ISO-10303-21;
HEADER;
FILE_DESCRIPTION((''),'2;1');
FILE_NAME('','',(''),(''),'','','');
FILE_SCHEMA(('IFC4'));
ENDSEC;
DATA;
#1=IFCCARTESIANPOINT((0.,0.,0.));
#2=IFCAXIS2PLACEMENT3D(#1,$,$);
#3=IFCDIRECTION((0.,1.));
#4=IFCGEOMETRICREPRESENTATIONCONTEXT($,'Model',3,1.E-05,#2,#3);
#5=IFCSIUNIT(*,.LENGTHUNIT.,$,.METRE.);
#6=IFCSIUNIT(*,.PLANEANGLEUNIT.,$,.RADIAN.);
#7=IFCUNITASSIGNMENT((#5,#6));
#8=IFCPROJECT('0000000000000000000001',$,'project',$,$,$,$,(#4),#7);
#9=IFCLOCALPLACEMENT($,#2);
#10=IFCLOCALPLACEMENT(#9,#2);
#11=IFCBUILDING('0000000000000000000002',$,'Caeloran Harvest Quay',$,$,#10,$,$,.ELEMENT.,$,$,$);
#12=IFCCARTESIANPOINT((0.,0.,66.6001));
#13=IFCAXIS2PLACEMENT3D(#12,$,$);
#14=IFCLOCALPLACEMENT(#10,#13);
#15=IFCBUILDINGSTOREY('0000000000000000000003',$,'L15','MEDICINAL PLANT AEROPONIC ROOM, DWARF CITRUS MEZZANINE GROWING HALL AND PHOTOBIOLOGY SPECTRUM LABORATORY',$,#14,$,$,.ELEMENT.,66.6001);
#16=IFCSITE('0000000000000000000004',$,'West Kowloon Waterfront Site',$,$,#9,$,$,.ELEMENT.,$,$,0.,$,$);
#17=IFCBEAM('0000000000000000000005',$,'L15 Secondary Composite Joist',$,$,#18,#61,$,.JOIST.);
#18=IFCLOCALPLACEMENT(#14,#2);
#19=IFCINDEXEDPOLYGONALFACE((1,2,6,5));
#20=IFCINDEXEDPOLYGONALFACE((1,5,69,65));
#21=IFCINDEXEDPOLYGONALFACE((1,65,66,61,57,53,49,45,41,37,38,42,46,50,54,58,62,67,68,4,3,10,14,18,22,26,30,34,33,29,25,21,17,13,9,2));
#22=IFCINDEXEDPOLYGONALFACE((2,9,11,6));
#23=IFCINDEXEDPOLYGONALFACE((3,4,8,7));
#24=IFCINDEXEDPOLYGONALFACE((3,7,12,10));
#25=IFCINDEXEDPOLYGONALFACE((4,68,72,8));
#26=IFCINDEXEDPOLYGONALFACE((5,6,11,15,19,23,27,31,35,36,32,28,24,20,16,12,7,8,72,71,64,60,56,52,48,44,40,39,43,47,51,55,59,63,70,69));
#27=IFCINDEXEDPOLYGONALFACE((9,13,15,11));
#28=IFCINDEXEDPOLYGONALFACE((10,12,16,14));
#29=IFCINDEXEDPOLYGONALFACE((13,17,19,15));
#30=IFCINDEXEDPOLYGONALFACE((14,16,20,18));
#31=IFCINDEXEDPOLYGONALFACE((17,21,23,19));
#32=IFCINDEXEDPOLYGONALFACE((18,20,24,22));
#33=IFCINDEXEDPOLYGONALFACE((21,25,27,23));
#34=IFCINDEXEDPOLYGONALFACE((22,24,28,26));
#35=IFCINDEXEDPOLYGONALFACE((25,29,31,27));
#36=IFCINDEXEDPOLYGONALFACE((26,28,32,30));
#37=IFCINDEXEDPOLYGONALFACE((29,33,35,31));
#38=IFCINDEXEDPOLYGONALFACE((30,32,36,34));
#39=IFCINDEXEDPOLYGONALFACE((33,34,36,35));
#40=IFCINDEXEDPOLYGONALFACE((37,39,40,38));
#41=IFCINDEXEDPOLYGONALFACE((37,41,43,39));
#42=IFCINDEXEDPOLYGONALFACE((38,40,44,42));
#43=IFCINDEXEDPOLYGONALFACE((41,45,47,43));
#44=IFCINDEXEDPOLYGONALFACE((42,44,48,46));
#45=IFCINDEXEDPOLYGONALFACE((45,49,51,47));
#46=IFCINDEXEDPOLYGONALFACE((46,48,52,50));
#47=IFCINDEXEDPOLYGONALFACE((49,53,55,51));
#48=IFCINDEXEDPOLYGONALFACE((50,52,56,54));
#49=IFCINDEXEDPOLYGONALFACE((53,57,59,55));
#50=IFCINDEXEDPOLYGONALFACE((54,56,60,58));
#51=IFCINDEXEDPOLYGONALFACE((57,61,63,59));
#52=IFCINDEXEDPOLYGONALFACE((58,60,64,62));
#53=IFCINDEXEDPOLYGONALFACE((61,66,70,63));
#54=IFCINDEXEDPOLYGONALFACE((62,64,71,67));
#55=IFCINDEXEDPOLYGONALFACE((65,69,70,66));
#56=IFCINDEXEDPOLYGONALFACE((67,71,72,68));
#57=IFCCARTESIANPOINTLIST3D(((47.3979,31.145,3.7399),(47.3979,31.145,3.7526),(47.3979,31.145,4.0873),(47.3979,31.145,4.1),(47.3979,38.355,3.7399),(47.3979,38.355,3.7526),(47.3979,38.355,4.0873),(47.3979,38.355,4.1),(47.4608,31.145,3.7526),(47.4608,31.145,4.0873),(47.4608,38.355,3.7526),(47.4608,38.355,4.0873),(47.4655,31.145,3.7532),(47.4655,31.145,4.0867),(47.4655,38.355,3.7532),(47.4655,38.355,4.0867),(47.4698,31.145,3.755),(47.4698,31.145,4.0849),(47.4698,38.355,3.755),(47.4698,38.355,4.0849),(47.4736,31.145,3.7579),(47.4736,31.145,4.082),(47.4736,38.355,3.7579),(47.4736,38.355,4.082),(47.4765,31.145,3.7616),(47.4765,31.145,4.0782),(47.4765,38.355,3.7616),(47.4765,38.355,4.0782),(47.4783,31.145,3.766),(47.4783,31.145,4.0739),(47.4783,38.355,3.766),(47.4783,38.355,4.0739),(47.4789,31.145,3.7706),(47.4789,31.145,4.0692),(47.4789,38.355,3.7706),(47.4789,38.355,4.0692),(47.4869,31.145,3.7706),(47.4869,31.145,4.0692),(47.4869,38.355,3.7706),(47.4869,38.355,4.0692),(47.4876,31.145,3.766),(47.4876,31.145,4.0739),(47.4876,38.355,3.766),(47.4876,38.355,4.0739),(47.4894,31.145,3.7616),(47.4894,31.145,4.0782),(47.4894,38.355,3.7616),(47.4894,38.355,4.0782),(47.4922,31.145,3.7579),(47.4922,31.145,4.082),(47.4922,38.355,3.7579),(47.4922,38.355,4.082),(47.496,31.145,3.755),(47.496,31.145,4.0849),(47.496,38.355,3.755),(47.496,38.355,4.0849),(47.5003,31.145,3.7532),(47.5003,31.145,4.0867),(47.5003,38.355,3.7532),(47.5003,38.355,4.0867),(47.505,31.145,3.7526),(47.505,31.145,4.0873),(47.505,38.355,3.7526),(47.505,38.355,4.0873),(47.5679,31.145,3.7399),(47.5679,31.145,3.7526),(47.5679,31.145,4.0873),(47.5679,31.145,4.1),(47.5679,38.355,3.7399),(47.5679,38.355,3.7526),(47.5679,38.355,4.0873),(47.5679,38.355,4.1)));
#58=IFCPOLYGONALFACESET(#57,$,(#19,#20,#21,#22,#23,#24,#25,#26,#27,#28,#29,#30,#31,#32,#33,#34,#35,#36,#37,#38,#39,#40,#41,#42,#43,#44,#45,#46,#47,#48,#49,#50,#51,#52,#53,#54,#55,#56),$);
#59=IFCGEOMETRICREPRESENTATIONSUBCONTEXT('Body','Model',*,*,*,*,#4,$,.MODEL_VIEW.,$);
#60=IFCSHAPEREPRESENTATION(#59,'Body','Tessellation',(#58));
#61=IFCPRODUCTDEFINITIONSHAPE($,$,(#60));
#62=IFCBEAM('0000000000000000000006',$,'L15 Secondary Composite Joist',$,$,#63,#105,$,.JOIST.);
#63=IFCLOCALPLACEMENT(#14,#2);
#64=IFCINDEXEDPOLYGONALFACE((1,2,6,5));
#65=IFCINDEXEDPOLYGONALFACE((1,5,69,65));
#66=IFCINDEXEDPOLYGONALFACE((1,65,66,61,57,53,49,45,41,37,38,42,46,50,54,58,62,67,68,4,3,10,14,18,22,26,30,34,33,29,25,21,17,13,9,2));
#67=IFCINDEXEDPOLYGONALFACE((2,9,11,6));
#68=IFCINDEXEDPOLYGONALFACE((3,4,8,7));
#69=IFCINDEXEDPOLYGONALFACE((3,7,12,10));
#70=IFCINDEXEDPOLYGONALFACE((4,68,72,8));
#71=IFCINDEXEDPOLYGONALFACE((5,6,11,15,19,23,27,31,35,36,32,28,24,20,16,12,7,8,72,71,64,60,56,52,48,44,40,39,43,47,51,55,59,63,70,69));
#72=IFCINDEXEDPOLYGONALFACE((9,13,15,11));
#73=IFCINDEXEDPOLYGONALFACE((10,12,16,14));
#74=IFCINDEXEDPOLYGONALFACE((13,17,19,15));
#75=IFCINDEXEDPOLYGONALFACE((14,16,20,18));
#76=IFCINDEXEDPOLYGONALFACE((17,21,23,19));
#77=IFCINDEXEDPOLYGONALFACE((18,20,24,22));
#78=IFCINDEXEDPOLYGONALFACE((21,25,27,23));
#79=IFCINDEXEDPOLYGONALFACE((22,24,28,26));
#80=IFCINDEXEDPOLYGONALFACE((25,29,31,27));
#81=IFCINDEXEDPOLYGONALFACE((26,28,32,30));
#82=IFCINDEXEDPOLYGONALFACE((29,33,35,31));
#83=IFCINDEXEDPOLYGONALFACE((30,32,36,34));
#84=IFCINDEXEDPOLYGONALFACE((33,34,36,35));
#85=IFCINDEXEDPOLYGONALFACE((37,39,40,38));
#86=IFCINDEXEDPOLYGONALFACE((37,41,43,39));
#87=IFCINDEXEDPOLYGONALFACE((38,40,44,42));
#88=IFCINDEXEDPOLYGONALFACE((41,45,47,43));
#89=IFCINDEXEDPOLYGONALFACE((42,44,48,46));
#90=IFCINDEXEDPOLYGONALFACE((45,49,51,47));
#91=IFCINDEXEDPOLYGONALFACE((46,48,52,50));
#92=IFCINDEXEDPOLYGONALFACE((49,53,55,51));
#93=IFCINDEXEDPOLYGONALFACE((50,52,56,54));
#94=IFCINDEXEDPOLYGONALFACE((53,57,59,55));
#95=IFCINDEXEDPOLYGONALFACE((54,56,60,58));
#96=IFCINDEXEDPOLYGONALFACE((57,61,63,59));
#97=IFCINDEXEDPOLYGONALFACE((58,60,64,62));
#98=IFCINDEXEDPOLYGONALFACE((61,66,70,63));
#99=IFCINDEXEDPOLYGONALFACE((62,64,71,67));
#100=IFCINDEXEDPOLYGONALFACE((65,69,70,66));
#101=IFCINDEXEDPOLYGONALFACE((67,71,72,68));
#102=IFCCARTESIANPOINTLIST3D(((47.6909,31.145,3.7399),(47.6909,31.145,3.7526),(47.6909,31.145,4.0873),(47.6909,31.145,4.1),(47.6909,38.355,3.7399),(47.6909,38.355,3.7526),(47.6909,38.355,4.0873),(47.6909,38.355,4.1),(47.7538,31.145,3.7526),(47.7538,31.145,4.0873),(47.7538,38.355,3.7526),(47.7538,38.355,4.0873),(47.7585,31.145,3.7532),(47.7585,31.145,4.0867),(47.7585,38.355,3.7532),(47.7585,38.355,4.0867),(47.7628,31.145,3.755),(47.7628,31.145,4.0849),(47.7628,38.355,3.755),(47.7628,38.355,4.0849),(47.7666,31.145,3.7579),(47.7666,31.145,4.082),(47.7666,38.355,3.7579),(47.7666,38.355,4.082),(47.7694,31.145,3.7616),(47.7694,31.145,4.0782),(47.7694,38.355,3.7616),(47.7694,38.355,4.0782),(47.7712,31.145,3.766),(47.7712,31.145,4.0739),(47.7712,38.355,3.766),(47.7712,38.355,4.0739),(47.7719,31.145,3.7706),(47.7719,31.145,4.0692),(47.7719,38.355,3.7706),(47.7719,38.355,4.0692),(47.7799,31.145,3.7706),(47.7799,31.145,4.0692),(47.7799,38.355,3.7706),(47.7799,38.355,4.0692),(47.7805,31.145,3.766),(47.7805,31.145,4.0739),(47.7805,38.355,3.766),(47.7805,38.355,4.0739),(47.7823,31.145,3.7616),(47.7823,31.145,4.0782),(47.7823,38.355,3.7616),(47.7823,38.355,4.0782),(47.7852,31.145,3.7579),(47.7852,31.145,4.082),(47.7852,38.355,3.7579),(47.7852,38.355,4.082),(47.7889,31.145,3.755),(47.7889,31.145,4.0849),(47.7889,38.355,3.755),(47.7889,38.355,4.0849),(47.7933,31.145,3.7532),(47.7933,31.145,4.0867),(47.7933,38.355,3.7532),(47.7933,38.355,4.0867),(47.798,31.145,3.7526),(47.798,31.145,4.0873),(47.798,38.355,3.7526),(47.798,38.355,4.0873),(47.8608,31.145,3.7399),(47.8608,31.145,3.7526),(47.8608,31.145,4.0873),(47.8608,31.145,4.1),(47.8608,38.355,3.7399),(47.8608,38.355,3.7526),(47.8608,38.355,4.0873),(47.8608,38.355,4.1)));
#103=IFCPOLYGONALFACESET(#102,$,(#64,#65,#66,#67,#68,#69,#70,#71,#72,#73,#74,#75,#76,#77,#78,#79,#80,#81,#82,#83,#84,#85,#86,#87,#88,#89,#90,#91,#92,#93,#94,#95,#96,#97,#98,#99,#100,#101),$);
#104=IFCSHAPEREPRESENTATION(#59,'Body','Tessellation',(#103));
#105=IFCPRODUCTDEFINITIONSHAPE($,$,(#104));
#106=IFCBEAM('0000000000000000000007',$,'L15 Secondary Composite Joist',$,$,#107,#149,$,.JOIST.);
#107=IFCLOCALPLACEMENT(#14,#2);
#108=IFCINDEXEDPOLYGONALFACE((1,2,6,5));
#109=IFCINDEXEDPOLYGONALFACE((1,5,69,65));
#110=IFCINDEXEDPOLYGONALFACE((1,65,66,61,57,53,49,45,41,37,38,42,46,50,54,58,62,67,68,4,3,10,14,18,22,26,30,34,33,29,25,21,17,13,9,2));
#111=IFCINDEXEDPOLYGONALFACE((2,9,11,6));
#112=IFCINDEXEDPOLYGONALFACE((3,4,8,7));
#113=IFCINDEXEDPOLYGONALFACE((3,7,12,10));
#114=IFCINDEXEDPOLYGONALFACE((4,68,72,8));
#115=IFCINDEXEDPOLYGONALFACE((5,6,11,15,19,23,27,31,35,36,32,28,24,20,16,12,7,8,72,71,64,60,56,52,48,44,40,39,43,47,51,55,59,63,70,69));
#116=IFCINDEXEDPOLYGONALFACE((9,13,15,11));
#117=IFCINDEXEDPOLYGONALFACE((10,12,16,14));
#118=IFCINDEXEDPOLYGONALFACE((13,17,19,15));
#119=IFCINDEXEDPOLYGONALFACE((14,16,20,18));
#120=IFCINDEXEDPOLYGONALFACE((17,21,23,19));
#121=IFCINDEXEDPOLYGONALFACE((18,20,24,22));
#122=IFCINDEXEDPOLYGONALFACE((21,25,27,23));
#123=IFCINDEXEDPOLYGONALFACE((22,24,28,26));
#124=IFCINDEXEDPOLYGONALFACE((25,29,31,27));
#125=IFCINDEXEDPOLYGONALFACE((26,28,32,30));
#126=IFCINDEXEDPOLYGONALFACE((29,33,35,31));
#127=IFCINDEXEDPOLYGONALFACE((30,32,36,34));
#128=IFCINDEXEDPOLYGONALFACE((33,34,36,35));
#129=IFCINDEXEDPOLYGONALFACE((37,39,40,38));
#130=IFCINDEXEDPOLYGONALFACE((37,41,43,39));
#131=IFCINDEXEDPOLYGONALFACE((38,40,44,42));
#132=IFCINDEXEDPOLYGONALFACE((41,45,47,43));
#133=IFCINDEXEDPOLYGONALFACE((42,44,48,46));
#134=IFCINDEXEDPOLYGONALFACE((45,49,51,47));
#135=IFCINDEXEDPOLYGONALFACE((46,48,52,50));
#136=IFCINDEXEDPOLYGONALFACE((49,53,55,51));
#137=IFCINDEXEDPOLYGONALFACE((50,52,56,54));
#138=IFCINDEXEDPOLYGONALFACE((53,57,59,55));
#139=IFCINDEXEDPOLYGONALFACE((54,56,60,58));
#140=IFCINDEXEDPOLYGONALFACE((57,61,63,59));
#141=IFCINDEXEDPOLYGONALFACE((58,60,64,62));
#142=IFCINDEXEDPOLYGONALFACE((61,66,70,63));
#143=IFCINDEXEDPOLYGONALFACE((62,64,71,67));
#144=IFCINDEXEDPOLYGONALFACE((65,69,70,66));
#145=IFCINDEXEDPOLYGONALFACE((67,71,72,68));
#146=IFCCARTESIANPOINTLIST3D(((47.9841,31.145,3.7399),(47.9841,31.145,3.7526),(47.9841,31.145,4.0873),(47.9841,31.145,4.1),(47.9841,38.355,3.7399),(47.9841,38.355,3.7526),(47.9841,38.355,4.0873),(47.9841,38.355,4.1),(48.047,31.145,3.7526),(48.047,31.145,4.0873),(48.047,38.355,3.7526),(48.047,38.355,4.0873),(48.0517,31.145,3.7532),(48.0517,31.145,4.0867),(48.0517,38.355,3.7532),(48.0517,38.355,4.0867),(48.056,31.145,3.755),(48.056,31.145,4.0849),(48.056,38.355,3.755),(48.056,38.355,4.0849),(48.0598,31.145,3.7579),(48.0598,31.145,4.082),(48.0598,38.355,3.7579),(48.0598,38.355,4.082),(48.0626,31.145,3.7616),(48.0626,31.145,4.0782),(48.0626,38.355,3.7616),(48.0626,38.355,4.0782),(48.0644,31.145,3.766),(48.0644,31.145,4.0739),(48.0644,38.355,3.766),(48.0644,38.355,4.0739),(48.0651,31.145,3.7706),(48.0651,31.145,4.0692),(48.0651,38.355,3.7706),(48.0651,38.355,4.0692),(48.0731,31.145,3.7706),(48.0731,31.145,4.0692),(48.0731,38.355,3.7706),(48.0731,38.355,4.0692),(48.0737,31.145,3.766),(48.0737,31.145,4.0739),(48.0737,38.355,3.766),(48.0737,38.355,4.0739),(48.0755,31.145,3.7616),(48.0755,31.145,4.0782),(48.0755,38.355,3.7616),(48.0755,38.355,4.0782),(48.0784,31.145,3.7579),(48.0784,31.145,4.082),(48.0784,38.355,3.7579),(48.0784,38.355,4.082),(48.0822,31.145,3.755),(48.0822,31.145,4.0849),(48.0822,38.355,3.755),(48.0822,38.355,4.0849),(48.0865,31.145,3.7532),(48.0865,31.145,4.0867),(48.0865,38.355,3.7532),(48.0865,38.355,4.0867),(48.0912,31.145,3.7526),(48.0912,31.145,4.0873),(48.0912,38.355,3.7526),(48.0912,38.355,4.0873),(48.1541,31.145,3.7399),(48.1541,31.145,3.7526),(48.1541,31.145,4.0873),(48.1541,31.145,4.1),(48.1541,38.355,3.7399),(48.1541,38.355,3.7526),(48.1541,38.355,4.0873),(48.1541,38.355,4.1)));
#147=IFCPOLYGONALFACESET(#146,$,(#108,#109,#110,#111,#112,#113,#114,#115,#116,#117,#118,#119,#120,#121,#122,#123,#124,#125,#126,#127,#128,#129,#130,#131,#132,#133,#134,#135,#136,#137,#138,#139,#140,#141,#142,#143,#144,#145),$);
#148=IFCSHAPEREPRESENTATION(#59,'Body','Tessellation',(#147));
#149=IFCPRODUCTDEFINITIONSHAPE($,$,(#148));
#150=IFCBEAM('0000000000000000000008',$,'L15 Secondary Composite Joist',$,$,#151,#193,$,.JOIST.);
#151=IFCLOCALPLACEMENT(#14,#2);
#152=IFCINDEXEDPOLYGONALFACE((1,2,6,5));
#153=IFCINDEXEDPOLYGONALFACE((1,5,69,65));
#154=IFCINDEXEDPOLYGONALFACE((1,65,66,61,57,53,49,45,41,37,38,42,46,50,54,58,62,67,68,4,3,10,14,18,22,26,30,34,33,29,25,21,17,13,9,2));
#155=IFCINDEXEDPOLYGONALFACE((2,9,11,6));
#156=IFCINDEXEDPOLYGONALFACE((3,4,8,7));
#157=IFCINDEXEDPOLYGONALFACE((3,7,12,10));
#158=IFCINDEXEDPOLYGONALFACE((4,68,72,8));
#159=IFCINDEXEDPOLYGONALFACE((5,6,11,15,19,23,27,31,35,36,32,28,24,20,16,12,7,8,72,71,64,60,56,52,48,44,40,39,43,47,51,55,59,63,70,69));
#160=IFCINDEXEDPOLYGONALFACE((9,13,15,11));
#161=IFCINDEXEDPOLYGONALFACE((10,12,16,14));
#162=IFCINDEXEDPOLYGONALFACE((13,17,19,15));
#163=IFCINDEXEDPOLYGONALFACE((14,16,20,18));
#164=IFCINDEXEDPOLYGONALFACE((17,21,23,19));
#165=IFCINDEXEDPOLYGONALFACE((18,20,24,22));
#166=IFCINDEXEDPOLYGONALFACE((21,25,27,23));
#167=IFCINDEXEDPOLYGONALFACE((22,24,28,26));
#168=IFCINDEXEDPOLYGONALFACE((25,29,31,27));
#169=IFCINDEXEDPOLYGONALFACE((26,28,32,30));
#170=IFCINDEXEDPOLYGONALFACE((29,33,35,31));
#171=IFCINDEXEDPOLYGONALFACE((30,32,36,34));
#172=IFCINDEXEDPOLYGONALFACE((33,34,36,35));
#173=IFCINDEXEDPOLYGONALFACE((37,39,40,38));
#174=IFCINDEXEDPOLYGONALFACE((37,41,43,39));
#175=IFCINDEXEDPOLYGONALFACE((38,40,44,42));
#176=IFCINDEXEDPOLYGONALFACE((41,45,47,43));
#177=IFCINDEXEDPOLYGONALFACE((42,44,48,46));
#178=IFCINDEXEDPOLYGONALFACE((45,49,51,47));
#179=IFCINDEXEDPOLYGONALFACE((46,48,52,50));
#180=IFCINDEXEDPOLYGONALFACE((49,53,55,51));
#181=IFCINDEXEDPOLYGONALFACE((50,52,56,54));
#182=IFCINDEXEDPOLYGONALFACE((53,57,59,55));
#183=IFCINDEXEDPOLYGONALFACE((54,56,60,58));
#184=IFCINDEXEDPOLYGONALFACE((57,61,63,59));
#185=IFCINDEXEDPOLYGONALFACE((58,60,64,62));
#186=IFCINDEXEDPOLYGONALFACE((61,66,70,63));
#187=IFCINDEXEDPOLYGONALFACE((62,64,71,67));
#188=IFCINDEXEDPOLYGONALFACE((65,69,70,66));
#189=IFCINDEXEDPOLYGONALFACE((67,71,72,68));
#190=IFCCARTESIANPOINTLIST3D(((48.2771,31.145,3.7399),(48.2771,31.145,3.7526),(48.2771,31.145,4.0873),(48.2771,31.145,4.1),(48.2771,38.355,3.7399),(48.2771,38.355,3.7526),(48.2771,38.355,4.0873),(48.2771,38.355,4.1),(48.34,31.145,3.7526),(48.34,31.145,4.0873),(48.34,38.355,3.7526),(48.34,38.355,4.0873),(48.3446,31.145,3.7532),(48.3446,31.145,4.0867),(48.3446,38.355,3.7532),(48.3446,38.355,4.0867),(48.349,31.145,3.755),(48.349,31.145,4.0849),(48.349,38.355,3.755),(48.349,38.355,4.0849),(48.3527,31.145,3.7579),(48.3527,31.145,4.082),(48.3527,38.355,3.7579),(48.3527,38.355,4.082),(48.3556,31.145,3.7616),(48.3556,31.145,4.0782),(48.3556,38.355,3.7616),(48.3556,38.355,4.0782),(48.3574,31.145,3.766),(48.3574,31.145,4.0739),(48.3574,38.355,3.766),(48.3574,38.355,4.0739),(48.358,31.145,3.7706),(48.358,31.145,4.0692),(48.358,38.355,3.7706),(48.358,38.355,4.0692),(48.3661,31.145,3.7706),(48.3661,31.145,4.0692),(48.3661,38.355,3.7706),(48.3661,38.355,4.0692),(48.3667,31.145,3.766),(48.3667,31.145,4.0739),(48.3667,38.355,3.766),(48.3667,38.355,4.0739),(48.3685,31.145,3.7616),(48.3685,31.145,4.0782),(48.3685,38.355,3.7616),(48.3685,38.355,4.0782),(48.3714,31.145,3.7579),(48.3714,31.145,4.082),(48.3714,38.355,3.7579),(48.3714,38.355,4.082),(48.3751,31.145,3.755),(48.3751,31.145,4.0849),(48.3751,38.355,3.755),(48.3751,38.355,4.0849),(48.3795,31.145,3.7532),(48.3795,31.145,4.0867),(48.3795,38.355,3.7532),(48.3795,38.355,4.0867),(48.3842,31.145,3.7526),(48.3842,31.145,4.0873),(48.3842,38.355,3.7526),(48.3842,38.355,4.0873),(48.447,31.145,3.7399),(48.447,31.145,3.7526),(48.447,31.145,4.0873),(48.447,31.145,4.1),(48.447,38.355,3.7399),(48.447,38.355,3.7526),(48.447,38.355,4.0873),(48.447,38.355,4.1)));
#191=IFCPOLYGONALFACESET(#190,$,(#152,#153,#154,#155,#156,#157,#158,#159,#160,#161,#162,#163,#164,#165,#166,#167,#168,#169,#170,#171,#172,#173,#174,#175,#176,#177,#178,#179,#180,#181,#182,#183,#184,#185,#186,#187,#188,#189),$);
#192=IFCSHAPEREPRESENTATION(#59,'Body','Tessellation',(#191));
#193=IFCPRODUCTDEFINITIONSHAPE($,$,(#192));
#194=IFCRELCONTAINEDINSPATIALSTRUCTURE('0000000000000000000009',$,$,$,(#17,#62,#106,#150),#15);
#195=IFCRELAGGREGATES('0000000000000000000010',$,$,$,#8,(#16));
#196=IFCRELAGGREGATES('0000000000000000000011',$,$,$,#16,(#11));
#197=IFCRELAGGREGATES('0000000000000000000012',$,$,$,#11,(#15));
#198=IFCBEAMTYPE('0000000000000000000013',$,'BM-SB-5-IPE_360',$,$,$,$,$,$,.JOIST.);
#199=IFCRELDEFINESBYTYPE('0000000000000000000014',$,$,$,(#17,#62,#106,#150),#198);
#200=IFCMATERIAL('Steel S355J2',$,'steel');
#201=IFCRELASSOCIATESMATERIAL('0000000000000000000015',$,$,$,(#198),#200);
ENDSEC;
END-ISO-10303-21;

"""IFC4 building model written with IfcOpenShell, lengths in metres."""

from ifc_helpers import new_model, si_unit, direction, frame, origin, origin_2d, place, context, subcontext, project, spatial, i_section, extrude, material, material_profile, profile_set, type_object, element, save


model = new_model("IFC4")

# Units and contexts
model_context = context("Model", 3, precision=1e-05, world=origin(), true_north=direction((0.0, 1.0)))
body_context = subcontext(model_context, "Body", "Model", "MODEL_VIEW")
ifc_project = project(units=[si_unit("LENGTHUNIT", "METRE"), si_unit("PLANEANGLEUNIT", "RADIAN")], contexts=[model_context])

# Site, building, storey
site_placement = place(None, origin())
site = spatial("IfcSite", under=ifc_project, at=site_placement, Name="West Kowloon Waterfront Site", CompositionType="ELEMENT", RefElevation=0.0)
building_placement = place(site_placement, origin())
building = spatial("IfcBuilding", under=site, at=building_placement, Name="Caeloran Harvest Quay", CompositionType="ELEMENT")
storey_placement = place(building_placement, frame((0.0, 0.0, 66.6001)))
storey = spatial("IfcBuildingStorey", under=building, at=storey_placement, Name="L15", Description="MEDICINAL PLANT AEROPONIC ROOM, DWARF CITRUS MEZZANINE GROWING HALL AND PHOTOBIOLOGY SPECTRUM LABORATORY", CompositionType="ELEMENT", Elevation=66.6001)

# Beams
ifc_material_1 = material(Name="Steel S355J2", Category="steel")
ifc_material_profile_1 = material_profile(ifc_material_1, i_section(OverallWidth=0.1699, OverallDepth=0.3601, WebThickness=0.0081, FlangeThickness=0.0127, FilletRadius=0.0181, at=origin_2d()), Name="IPE 360")
ifc_profile_set_1 = profile_set([ifc_material_profile_1], Name="Steel S355J2")
beam_type_1 = type_object("IfcBeamType", Name="BM-SB-5-IPE_360", PredefinedType="JOIST", material=ifc_profile_set_1)
for number, where, z_axis, x_axis, name in (
    (1, (47.4829, 31.145, 3.9199), (0.0, 1.0, 0.0), (-1.0, 0.0, 0.0), "L15 Secondary Composite Joist"),
    (2, (47.7759, 31.145, 3.9199), (0.0, 1.0, 0.0), (-1.0, 0.0, 0.0), "L15 Secondary Composite Joist"),
    (3, (48.0691, 31.145, 3.9199), (0.0, 1.0, 0.0), (-1.0, 0.0, 0.0), "L15 Secondary Composite Joist"),
    (4, (48.3621, 31.145, 3.9199), (0.0, 1.0, 0.0), (-1.0, 0.0, 0.0), "L15 Secondary Composite Joist"),
):
    element("IfcBeam", number, at=place(storey_placement, frame(where, z_axis=z_axis, x_axis=x_axis)), inside=storey, type_object=beam_type_1, Name=name, PredefinedType="JOIST", context=body_context, shape_type="SweptSolid", body=[
        extrude(i_section(OverallWidth=0.1699, OverallDepth=0.3601, WebThickness=0.0081, FlangeThickness=0.0127, FilletRadius=0.0181, at=origin_2d()), origin(), (0.0, 0.0, 1.0), 7.21),
    ])

save(model, "model.ifc")
